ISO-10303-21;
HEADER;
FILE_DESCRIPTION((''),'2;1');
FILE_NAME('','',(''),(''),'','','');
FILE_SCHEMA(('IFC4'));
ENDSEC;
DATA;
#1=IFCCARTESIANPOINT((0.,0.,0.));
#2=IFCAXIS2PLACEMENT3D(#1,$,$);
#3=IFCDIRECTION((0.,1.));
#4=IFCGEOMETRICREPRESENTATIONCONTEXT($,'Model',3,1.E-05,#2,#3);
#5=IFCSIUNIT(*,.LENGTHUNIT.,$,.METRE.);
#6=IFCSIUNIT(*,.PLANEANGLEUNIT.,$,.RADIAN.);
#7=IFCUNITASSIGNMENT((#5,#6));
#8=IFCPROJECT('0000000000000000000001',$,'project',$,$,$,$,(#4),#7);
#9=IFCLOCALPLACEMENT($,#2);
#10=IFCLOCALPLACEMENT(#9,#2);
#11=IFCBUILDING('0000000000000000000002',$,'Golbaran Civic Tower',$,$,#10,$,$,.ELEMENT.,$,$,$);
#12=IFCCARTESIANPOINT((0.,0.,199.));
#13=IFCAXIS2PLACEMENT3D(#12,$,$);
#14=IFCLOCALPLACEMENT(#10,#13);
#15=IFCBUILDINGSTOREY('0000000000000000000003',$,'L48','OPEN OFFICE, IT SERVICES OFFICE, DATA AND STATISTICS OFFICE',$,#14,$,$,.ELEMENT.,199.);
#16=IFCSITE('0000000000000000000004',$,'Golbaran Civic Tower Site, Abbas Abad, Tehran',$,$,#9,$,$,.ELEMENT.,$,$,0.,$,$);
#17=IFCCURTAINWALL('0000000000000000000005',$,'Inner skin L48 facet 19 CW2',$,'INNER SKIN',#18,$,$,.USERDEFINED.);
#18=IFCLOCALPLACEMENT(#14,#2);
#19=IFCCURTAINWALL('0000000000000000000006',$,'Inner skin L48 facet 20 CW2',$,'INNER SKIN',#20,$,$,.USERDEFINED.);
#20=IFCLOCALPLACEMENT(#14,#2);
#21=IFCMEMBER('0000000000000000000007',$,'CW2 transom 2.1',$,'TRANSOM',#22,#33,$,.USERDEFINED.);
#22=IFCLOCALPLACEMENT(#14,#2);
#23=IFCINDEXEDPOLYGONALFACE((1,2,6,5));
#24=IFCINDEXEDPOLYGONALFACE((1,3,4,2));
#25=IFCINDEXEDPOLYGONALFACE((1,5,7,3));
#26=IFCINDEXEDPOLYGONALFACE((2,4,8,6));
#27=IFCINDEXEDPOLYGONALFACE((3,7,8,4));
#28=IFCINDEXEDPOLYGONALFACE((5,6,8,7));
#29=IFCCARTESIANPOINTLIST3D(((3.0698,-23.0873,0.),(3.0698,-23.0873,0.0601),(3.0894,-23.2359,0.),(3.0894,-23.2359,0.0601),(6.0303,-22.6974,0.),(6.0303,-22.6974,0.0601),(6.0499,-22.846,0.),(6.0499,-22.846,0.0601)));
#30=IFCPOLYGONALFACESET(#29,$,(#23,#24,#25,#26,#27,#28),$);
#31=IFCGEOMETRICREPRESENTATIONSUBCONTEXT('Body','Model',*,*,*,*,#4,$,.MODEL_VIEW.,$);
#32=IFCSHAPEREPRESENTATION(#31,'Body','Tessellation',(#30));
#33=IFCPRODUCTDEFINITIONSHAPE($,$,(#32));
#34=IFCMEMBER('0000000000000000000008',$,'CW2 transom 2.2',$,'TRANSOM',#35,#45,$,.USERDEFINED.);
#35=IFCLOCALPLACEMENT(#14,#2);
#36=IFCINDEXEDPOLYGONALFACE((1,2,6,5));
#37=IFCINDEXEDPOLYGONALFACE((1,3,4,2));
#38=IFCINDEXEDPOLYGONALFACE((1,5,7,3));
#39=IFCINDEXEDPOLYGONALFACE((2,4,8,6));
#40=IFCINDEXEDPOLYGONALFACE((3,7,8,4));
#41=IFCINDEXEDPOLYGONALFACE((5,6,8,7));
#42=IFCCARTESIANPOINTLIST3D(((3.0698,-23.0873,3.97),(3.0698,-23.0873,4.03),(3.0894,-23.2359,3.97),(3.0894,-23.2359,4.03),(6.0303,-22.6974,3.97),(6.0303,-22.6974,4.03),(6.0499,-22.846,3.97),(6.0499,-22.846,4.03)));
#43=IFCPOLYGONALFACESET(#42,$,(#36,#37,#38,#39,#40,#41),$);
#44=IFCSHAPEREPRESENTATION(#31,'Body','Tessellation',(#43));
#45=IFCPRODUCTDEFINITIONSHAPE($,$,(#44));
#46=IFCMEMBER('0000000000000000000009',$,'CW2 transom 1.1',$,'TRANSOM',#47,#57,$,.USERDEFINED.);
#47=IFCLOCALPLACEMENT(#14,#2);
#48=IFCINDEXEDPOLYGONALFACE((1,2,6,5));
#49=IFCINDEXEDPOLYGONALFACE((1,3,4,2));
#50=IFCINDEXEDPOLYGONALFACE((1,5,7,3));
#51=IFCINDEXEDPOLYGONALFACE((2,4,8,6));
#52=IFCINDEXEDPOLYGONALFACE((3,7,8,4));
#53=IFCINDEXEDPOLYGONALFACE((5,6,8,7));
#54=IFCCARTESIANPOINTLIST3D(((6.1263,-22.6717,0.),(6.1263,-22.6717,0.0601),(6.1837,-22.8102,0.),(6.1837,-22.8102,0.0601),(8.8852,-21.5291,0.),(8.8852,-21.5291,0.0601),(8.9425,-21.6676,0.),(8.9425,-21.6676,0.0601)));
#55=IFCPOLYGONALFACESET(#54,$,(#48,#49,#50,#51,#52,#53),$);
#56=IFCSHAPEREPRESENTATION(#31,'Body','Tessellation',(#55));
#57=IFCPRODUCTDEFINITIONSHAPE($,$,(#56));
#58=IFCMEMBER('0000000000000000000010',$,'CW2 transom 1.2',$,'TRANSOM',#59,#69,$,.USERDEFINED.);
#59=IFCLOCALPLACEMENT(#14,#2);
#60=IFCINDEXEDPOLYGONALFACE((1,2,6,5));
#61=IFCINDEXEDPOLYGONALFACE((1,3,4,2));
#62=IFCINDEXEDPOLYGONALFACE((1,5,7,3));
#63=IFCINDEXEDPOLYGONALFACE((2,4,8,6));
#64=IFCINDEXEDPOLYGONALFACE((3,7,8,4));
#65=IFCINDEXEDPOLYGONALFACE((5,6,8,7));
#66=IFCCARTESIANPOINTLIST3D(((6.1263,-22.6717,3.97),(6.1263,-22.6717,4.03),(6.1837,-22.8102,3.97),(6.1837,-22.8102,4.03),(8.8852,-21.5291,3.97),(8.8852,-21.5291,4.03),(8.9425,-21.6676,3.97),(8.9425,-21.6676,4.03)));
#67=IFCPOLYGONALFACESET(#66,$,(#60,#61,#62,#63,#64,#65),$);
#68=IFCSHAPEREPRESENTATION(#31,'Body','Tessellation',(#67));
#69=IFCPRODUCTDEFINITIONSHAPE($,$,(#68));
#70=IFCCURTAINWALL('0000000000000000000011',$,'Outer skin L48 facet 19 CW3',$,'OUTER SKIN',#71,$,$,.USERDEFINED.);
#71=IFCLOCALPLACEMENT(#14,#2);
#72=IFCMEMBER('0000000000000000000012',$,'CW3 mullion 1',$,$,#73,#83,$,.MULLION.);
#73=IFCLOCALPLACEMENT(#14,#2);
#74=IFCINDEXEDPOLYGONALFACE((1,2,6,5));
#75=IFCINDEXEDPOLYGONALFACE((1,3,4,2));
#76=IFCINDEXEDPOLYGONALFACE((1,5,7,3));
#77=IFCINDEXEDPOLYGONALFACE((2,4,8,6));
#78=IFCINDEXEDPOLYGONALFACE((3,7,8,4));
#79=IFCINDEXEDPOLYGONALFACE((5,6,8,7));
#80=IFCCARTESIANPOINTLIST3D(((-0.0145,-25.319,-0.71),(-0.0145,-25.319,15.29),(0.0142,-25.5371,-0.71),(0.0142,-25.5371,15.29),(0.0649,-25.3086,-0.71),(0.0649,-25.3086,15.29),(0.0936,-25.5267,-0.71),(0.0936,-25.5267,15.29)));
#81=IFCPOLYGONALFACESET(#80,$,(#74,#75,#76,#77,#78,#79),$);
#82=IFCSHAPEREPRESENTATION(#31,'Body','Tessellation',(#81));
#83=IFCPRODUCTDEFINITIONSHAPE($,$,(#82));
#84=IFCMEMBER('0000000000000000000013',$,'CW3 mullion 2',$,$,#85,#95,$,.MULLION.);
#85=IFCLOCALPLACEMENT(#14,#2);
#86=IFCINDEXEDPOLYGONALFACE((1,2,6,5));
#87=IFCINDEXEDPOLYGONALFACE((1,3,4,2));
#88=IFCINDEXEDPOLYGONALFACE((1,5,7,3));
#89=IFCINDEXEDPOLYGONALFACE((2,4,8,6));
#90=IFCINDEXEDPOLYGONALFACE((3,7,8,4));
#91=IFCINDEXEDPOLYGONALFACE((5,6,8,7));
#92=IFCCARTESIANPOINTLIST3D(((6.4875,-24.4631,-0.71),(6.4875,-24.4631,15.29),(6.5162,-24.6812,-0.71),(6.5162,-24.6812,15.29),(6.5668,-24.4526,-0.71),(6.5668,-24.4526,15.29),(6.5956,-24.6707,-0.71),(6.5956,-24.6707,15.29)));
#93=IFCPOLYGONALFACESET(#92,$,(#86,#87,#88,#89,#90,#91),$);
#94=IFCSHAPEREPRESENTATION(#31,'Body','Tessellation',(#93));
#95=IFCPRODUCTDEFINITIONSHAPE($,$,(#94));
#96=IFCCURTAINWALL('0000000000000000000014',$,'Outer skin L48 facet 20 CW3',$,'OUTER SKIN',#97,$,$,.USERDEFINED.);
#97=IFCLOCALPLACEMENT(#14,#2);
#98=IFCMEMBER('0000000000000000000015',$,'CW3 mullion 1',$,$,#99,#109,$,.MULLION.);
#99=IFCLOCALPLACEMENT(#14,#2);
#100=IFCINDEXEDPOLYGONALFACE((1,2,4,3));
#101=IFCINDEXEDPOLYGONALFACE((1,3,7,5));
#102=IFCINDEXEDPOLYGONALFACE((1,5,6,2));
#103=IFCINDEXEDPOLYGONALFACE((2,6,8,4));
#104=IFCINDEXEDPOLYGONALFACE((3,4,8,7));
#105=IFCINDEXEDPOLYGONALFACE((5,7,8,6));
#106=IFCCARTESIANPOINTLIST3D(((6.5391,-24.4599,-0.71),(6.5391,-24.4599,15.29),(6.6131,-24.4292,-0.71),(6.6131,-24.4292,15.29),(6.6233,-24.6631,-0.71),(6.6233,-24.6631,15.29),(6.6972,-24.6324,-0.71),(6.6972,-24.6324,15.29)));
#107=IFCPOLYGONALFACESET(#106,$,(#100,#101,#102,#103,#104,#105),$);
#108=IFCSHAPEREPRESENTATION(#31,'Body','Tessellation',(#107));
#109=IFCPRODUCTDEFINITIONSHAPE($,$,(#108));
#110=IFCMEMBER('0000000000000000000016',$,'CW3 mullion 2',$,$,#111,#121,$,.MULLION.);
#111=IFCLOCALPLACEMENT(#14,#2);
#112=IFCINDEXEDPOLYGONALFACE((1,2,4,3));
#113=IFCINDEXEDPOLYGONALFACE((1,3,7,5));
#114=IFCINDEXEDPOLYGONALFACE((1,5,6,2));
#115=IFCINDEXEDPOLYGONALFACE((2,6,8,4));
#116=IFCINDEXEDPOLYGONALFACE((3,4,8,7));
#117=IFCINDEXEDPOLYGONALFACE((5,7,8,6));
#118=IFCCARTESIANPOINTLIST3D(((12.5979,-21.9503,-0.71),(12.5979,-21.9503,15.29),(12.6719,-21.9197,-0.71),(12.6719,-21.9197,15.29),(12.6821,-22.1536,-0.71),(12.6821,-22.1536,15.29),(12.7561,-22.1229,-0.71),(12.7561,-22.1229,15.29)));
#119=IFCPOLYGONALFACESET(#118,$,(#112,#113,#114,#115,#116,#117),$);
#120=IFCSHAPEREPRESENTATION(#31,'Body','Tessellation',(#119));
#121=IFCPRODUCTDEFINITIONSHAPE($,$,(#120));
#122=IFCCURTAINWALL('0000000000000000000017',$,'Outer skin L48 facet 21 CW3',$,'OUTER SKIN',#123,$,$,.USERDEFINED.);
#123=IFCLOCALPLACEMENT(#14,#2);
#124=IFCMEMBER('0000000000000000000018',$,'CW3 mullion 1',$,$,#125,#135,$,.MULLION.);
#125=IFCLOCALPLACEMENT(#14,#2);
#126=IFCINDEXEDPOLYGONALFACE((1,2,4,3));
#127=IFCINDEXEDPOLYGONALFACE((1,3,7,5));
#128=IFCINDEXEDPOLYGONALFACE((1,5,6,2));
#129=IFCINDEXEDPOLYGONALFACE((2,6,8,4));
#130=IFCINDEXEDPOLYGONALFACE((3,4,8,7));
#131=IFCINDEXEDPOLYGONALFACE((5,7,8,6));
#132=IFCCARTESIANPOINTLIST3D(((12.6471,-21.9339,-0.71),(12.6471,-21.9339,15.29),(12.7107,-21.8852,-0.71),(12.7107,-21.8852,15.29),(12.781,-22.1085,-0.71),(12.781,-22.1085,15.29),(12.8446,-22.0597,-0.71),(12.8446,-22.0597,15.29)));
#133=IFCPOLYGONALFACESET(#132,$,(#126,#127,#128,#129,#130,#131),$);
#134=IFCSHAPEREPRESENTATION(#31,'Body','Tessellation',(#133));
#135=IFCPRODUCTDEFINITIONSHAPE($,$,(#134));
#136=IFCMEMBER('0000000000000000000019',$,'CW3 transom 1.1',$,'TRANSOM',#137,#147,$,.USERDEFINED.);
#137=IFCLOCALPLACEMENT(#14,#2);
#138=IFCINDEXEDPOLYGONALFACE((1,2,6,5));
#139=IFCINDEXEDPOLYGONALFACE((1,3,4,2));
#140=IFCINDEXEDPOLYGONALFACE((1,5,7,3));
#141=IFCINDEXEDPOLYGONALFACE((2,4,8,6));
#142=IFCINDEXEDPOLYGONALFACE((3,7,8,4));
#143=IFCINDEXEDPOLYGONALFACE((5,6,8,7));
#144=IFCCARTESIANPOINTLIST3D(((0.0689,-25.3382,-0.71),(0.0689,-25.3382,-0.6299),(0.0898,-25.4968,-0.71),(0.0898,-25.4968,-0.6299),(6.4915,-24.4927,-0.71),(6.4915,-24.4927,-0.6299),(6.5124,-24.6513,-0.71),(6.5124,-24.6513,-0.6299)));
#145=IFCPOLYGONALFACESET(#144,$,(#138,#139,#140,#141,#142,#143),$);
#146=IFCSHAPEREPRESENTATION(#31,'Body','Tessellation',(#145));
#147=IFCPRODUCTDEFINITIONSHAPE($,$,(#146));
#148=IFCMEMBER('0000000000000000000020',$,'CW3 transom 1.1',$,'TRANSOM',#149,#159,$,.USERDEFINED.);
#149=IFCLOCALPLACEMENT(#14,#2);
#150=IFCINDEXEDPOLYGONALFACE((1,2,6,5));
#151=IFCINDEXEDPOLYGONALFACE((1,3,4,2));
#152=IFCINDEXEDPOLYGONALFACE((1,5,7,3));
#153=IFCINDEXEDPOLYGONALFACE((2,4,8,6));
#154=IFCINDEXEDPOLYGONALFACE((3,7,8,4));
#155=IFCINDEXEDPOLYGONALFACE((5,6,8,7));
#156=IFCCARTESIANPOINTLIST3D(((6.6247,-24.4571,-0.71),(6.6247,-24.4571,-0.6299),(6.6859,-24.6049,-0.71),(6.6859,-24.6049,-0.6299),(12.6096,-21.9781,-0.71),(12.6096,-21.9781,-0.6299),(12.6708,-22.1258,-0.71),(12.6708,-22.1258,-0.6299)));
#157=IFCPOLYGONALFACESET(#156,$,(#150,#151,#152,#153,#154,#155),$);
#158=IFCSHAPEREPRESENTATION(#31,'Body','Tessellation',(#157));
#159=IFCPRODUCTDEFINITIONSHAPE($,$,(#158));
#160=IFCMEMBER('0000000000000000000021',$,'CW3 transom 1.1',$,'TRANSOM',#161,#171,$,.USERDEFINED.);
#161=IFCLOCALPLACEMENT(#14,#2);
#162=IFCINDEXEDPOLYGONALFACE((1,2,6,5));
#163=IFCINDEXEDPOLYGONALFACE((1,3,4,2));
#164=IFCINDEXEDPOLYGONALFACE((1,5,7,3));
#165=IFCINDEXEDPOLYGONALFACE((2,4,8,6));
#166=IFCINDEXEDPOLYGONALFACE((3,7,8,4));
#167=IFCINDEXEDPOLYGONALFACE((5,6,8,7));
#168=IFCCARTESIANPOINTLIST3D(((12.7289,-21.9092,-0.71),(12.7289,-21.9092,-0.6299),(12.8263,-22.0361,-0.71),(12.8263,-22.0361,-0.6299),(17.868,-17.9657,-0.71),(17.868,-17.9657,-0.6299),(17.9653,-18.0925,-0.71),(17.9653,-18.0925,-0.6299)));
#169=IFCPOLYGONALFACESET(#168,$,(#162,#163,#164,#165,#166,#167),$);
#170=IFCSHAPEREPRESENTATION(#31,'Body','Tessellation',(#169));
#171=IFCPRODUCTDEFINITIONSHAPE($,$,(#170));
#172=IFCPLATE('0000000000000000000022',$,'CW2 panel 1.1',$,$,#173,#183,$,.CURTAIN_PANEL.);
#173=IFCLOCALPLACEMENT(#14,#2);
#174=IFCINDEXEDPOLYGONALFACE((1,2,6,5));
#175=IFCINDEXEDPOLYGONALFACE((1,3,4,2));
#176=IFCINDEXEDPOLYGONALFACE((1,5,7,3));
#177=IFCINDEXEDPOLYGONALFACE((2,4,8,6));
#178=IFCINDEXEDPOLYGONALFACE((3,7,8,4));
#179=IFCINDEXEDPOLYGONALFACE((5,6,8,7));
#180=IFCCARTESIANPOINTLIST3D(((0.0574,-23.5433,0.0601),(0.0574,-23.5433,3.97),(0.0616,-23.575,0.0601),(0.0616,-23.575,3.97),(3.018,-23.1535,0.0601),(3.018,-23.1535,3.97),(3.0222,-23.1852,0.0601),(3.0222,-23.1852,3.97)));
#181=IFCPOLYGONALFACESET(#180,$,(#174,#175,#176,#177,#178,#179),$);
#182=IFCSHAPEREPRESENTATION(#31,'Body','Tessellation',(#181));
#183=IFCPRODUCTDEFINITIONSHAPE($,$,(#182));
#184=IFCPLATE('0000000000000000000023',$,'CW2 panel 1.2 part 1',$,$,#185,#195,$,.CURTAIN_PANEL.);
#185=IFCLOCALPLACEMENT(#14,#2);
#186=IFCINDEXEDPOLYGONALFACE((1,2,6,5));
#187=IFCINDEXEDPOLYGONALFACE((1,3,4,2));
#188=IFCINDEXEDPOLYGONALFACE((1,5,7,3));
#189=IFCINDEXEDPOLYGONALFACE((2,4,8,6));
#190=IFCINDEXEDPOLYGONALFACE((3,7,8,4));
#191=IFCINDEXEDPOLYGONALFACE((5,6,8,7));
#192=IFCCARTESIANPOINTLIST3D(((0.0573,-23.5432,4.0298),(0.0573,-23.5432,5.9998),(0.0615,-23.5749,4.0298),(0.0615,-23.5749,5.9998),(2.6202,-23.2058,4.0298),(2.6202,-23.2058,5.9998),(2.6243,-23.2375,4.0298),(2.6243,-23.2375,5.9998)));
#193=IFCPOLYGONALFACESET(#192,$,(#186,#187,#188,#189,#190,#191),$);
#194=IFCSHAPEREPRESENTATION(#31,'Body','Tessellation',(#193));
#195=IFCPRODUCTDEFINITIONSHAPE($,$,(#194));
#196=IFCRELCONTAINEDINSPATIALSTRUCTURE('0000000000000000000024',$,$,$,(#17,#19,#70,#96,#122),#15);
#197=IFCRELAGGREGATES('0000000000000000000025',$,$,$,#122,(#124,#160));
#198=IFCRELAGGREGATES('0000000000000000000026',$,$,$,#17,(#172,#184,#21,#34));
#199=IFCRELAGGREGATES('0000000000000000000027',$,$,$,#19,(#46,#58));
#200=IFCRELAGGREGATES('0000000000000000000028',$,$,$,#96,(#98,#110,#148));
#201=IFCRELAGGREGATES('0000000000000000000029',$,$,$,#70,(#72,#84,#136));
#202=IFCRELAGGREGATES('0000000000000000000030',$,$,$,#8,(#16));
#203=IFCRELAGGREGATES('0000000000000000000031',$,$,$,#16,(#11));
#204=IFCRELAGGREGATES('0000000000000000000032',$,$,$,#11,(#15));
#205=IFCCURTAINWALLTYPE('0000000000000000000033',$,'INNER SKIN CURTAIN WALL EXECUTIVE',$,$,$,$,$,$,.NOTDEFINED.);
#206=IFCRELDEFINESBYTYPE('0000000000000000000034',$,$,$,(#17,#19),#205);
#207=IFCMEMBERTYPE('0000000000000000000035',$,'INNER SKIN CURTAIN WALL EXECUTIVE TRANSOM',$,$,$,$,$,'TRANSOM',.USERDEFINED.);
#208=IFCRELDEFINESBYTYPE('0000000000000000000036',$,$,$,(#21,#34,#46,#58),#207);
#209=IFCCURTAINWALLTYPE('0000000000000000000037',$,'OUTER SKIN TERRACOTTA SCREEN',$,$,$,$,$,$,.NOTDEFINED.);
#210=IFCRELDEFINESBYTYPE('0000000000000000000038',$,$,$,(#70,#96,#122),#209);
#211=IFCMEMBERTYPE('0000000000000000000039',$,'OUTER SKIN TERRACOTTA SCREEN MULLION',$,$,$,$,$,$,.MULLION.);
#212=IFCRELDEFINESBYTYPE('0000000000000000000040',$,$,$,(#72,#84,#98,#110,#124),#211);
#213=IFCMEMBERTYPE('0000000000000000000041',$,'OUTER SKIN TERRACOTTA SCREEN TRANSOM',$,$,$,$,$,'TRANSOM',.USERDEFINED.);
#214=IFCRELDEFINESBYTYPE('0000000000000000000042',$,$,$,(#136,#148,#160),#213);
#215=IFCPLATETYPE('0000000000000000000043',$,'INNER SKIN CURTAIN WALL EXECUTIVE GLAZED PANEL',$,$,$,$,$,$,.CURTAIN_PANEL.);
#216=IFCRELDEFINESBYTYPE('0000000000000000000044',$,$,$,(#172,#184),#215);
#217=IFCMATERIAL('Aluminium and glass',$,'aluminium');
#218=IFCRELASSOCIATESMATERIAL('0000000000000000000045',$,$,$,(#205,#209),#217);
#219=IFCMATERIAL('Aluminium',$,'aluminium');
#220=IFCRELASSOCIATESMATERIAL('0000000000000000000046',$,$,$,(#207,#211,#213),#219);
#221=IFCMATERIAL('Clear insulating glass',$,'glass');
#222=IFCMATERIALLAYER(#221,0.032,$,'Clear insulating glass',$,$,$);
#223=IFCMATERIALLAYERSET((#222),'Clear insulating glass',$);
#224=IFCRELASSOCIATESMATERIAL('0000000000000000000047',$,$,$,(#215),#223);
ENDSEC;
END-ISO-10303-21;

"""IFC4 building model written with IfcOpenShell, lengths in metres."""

from ifc_helpers import new_model, si_unit, direction, frame, origin, origin_2d, place, context, subcontext, project, spatial, rectangle, extrude, material, layer, layer_set, material_profile, profile_set, type_object, element, aggregate, save


model = new_model("IFC4")

# Units and contexts
model_context = context("Model", 3, precision=1e-05, world=origin(), true_north=direction((0.0, 1.0)))
body_context = subcontext(model_context, "Body", "Model", "MODEL_VIEW")
ifc_project = project(units=[si_unit("LENGTHUNIT", "METRE"), si_unit("PLANEANGLEUNIT", "RADIAN")], contexts=[model_context])

# Site, building, storey
site_placement = place(None, origin())
site = spatial("IfcSite", under=ifc_project, at=site_placement, Name="Golbaran Civic Tower Site, Abbas Abad, Tehran", CompositionType="ELEMENT", RefElevation=0.0)
building_placement = place(site_placement, origin())
building = spatial("IfcBuilding", under=site, at=building_placement, Name="Golbaran Civic Tower", CompositionType="ELEMENT")
storey_placement = place(building_placement, frame((0.0, 0.0, 199.0)))
storey = spatial("IfcBuildingStorey", under=building, at=storey_placement, Name="L48", Description="OPEN OFFICE, IT SERVICES OFFICE, DATA AND STATISTICS OFFICE", CompositionType="ELEMENT", Elevation=199.0)

# Curtain wall
ifc_material_1 = material(Name="Aluminium and glass", Category="aluminium")
curtain_wall_type_1 = type_object("IfcCurtainWallType", Name="INNER SKIN CURTAIN WALL EXECUTIVE", PredefinedType="NOTDEFINED", material=ifc_material_1)
curtain_wall_1_placement = place(storey_placement, origin())
curtain_wall_1 = element("IfcCurtainWall", 1, at=curtain_wall_1_placement, inside=storey, type_object=curtain_wall_type_1, Name="Inner skin L48 facet 19 CW2", ObjectType="INNER SKIN", PredefinedType="USERDEFINED")
ifc_material_2 = material(Name="Aluminium", Category="aluminium")

# Curtain wall
curtain_wall_2_placement = place(storey_placement, origin())
curtain_wall_2 = element("IfcCurtainWall", 2, at=curtain_wall_2_placement, inside=storey, type_object=curtain_wall_type_1, Name="Inner skin L48 facet 20 CW2", ObjectType="INNER SKIN", PredefinedType="USERDEFINED")

# Members
ifc_material_profile_1 = material_profile(ifc_material_2, rectangle(XDim=0.1499, YDim=0.0601, at=origin_2d()), Name="INNER SKIN CURTAIN WALL EXECUTIVE TRANSOM")
ifc_profile_set_1 = profile_set([ifc_material_profile_1], Name="Aluminium")
member_type_1 = type_object("IfcMemberType", Name="INNER SKIN CURTAIN WALL EXECUTIVE TRANSOM", ElementType="TRANSOM", PredefinedType="USERDEFINED", material=ifc_profile_set_1)
member_1_placement = place(storey_placement, frame((3.0796, -23.1616, 0.03), z_axis=(0.991439, 0.130573, 0.0), x_axis=(-0.130573, 0.991439, 0.0)))
member_1 = element("IfcMember", 3, at=member_1_placement, type_object=member_type_1, Name="CW2 transom 2.1", ObjectType="TRANSOM", PredefinedType="USERDEFINED", context=body_context, shape_type="SweptSolid", body=[
    extrude(rectangle(XDim=0.1499, YDim=0.0601, at=origin_2d()), origin(), (0.0, 0.0, 1.0), 2.9861),
])
member_2_placement = place(storey_placement, frame((3.0796, -23.1616, 4.0), z_axis=(0.991439, 0.130573, 0.0), x_axis=(-0.130573, 0.991439, 0.0)))
member_2 = element("IfcMember", 4, at=member_2_placement, type_object=member_type_1, Name="CW2 transom 2.2", ObjectType="TRANSOM", PredefinedType="USERDEFINED", context=body_context, shape_type="SweptSolid", body=[
    extrude(rectangle(XDim=0.1499, YDim=0.0601, at=origin_2d()), origin(), (0.0, 0.0, 1.0), 2.9861),
])
member_3_placement = place(storey_placement, frame((6.155, -22.741, 0.03), z_axis=(0.923897, 0.382641, 0.0), x_axis=(-0.382641, 0.923897, 0.0)))
member_3 = element("IfcMember", 5, at=member_3_placement, type_object=member_type_1, Name="CW2 transom 1.1", ObjectType="TRANSOM", PredefinedType="USERDEFINED", context=body_context, shape_type="SweptSolid", body=[
    extrude(rectangle(XDim=0.1499, YDim=0.0601, at=origin_2d()), origin(), (0.0, 0.0, 1.0), 2.9861),
])
member_4_placement = place(storey_placement, frame((6.155, -22.741, 4.0), z_axis=(0.923897, 0.382641, 0.0), x_axis=(-0.382641, 0.923897, 0.0)))
member_4 = element("IfcMember", 6, at=member_4_placement, type_object=member_type_1, Name="CW2 transom 1.2", ObjectType="TRANSOM", PredefinedType="USERDEFINED", context=body_context, shape_type="SweptSolid", body=[
    extrude(rectangle(XDim=0.1499, YDim=0.0601, at=origin_2d()), origin(), (0.0, 0.0, 1.0), 2.9861),
])

# Curtain walls, members
curtain_wall_type_2 = type_object("IfcCurtainWallType", Name="OUTER SKIN TERRACOTTA SCREEN", PredefinedType="NOTDEFINED", material=ifc_material_1)
curtain_wall_3_placement = place(storey_placement, origin())
curtain_wall_3 = element("IfcCurtainWall", 7, at=curtain_wall_3_placement, inside=storey, type_object=curtain_wall_type_2, Name="Outer skin L48 facet 19 CW3", ObjectType="OUTER SKIN", PredefinedType="USERDEFINED")
ifc_material_profile_2 = material_profile(ifc_material_2, rectangle(XDim=0.22, YDim=0.0801, at=origin_2d()), Name="OUTER SKIN TERRACOTTA SCREEN MULLION")
ifc_profile_set_2 = profile_set([ifc_material_profile_2], Name="Aluminium")
member_type_2 = type_object("IfcMemberType", Name="OUTER SKIN TERRACOTTA SCREEN MULLION", PredefinedType="MULLION", material=ifc_profile_set_2)
member_5_placement = place(storey_placement, frame((0.0396, -25.4229, -0.71), z_axis=(0.0, 0.0, 1.0), x_axis=(-0.130526, 0.991445, 0.0)))
member_5 = element("IfcMember", 8, at=member_5_placement, type_object=member_type_2, Name="CW3 mullion 1", PredefinedType="MULLION", context=body_context, shape_type="SweptSolid", body=[
    extrude(rectangle(XDim=0.22, YDim=0.0801, at=origin_2d()), origin(), (0.0, 0.0, 1.0), 16.0),
])
member_6_placement = place(storey_placement, frame((6.5415, -24.5669, -0.71), z_axis=(0.0, 0.0, 1.0), x_axis=(-0.130526, 0.991445, 0.0)))
member_6 = element("IfcMember", 9, at=member_6_placement, type_object=member_type_2, Name="CW3 mullion 2", PredefinedType="MULLION", context=body_context, shape_type="SweptSolid", body=[
    extrude(rectangle(XDim=0.22, YDim=0.0801, at=origin_2d()), origin(), (0.0, 0.0, 1.0), 16.0),
])
curtain_wall_4_placement = place(storey_placement, origin())
curtain_wall_4 = element("IfcCurtainWall", 10, at=curtain_wall_4_placement, inside=storey, type_object=curtain_wall_type_2, Name="Outer skin L48 facet 20 CW3", ObjectType="OUTER SKIN", PredefinedType="USERDEFINED")
member_7_placement = place(storey_placement, frame((6.6182, -24.5461, -0.71), z_axis=(0.0, 0.0, 1.0), x_axis=(-0.382683, 0.92388, 0.0)))
member_7 = element("IfcMember", 11, at=member_7_placement, type_object=member_type_2, Name="CW3 mullion 1", PredefinedType="MULLION", context=body_context, shape_type="SweptSolid", body=[
    extrude(rectangle(XDim=0.22, YDim=0.0801, at=origin_2d()), origin(), (0.0, 0.0, 1.0), 16.0),
])
member_8_placement = place(storey_placement, frame((12.677, -22.0366, -0.71), z_axis=(0.0, 0.0, 1.0), x_axis=(-0.382683, 0.92388, 0.0)))
member_8 = element("IfcMember", 12, at=member_8_placement, type_object=member_type_2, Name="CW3 mullion 2", PredefinedType="MULLION", context=body_context, shape_type="SweptSolid", body=[
    extrude(rectangle(XDim=0.22, YDim=0.0801, at=origin_2d()), origin(), (0.0, 0.0, 1.0), 16.0),
])

# Curtain wall, member
curtain_wall_5_placement = place(storey_placement, origin())
curtain_wall_5 = element("IfcCurtainWall", 13, at=curtain_wall_5_placement, inside=storey, type_object=curtain_wall_type_2, Name="Outer skin L48 facet 21 CW3", ObjectType="OUTER SKIN", PredefinedType="USERDEFINED")
member_9_placement = place(storey_placement, frame((12.7458, -21.9968, -0.71), z_axis=(0.0, 0.0, 1.0), x_axis=(-0.608761, 0.793353, 0.0)))
member_9 = element("IfcMember", 14, at=member_9_placement, type_object=member_type_2, Name="CW3 mullion 1", PredefinedType="MULLION", context=body_context, shape_type="SweptSolid", body=[
    extrude(rectangle(XDim=0.22, YDim=0.0801, at=origin_2d()), origin(), (0.0, 0.0, 1.0), 16.0),
])

# Members
ifc_material_profile_3 = material_profile(ifc_material_2, rectangle(XDim=0.1599, YDim=0.0801, at=origin_2d()), Name="OUTER SKIN TERRACOTTA SCREEN TRANSOM")
ifc_profile_set_3 = profile_set([ifc_material_profile_3], Name="Aluminium")
member_type_3 = type_object("IfcMemberType", Name="OUTER SKIN TERRACOTTA SCREEN TRANSOM", ElementType="TRANSOM", PredefinedType="USERDEFINED", material=ifc_profile_set_3)
member_10_placement = place(storey_placement, frame((0.0793, -25.4175, -0.6699), z_axis=(0.991447, 0.130512, 0.0), x_axis=(-0.130512, 0.991447, 0.0)))
member_10 = element("IfcMember", 15, at=member_10_placement, type_object=member_type_3, Name="CW3 transom 1.1", ObjectType="TRANSOM", PredefinedType="USERDEFINED", context=body_context, shape_type="SweptSolid", body=[
    extrude(rectangle(XDim=0.1599, YDim=0.0801, at=origin_2d()), origin(), (0.0, 0.0, 1.0), 6.478),
])
member_11_placement = place(storey_placement, frame((6.6553, -24.531, -0.6699), z_axis=(0.92388, 0.382682, 0.0), x_axis=(-0.382682, 0.92388, 0.0)))
member_11 = element("IfcMember", 16, at=member_11_placement, type_object=member_type_3, Name="CW3 transom 1.1", ObjectType="TRANSOM", PredefinedType="USERDEFINED", context=body_context, shape_type="SweptSolid", body=[
    extrude(rectangle(XDim=0.1599, YDim=0.0801, at=origin_2d()), origin(), (0.0, 0.0, 1.0), 6.478),
])
member_12_placement = place(storey_placement, frame((12.7776, -21.9727, -0.6699), z_axis=(0.793339, 0.60878, 0.0), x_axis=(-0.60878, 0.793339, 0.0)))
member_12 = element("IfcMember", 17, at=member_12_placement, type_object=member_type_3, Name="CW3 transom 1.1", ObjectType="TRANSOM", PredefinedType="USERDEFINED", context=body_context, shape_type="SweptSolid", body=[
    extrude(rectangle(XDim=0.1599, YDim=0.0801, at=origin_2d()), origin(), (0.0, 0.0, 1.0), 6.4778),
])
aggregate(curtain_wall_5, [member_9, member_12])

# Plates
ifc_material_3 = material(Name="Clear insulating glass", Category="glass")
ifc_layer_1 = layer(ifc_material_3, 0.032, Name="Clear insulating glass")
ifc_layer_set_1 = layer_set([ifc_layer_1], Name="Clear insulating glass")
plate_type_1 = type_object("IfcPlateType", Name="INNER SKIN CURTAIN WALL EXECUTIVE GLAZED PANEL", PredefinedType="CURTAIN_PANEL", material=ifc_layer_set_1)
plate_1_placement = place(storey_placement, frame((1.5398, -23.3643, 0.0601), z_axis=(0.0, 0.0, 1.0), x_axis=(0.991445, 0.130526, 0.0)))
plate_1 = element("IfcPlate", 18, at=plate_1_placement, type_object=plate_type_1, Name="CW2 panel 1.1", PredefinedType="CURTAIN_PANEL", context=body_context, shape_type="SweptSolid", body=[
    extrude(rectangle(XDim=2.9861, YDim=0.032, at=origin_2d()), origin(), (0.0, 0.0, 1.0), 3.9099),
])
plate_2_placement = place(storey_placement, frame((1.3408, -23.3904, 4.0298), z_axis=(0.0, 0.0, 1.0), x_axis=(0.991445, 0.130526, 0.0)))
plate_2 = element("IfcPlate", 19, at=plate_2_placement, type_object=plate_type_1, Name="CW2 panel 1.2 part 1", PredefinedType="CURTAIN_PANEL", context=body_context, shape_type="SweptSolid", body=[
    extrude(rectangle(XDim=2.585, YDim=0.032, at=origin_2d()), origin(), (0.0, 0.0, 1.0), 1.97),
])
aggregate(curtain_wall_1, [plate_1, plate_2, member_1, member_2])
aggregate(curtain_wall_2, [member_3, member_4])
aggregate(curtain_wall_4, [member_7, member_8, member_11])
aggregate(curtain_wall_3, [member_5, member_6, member_10])

save(model, "model.ifc")
